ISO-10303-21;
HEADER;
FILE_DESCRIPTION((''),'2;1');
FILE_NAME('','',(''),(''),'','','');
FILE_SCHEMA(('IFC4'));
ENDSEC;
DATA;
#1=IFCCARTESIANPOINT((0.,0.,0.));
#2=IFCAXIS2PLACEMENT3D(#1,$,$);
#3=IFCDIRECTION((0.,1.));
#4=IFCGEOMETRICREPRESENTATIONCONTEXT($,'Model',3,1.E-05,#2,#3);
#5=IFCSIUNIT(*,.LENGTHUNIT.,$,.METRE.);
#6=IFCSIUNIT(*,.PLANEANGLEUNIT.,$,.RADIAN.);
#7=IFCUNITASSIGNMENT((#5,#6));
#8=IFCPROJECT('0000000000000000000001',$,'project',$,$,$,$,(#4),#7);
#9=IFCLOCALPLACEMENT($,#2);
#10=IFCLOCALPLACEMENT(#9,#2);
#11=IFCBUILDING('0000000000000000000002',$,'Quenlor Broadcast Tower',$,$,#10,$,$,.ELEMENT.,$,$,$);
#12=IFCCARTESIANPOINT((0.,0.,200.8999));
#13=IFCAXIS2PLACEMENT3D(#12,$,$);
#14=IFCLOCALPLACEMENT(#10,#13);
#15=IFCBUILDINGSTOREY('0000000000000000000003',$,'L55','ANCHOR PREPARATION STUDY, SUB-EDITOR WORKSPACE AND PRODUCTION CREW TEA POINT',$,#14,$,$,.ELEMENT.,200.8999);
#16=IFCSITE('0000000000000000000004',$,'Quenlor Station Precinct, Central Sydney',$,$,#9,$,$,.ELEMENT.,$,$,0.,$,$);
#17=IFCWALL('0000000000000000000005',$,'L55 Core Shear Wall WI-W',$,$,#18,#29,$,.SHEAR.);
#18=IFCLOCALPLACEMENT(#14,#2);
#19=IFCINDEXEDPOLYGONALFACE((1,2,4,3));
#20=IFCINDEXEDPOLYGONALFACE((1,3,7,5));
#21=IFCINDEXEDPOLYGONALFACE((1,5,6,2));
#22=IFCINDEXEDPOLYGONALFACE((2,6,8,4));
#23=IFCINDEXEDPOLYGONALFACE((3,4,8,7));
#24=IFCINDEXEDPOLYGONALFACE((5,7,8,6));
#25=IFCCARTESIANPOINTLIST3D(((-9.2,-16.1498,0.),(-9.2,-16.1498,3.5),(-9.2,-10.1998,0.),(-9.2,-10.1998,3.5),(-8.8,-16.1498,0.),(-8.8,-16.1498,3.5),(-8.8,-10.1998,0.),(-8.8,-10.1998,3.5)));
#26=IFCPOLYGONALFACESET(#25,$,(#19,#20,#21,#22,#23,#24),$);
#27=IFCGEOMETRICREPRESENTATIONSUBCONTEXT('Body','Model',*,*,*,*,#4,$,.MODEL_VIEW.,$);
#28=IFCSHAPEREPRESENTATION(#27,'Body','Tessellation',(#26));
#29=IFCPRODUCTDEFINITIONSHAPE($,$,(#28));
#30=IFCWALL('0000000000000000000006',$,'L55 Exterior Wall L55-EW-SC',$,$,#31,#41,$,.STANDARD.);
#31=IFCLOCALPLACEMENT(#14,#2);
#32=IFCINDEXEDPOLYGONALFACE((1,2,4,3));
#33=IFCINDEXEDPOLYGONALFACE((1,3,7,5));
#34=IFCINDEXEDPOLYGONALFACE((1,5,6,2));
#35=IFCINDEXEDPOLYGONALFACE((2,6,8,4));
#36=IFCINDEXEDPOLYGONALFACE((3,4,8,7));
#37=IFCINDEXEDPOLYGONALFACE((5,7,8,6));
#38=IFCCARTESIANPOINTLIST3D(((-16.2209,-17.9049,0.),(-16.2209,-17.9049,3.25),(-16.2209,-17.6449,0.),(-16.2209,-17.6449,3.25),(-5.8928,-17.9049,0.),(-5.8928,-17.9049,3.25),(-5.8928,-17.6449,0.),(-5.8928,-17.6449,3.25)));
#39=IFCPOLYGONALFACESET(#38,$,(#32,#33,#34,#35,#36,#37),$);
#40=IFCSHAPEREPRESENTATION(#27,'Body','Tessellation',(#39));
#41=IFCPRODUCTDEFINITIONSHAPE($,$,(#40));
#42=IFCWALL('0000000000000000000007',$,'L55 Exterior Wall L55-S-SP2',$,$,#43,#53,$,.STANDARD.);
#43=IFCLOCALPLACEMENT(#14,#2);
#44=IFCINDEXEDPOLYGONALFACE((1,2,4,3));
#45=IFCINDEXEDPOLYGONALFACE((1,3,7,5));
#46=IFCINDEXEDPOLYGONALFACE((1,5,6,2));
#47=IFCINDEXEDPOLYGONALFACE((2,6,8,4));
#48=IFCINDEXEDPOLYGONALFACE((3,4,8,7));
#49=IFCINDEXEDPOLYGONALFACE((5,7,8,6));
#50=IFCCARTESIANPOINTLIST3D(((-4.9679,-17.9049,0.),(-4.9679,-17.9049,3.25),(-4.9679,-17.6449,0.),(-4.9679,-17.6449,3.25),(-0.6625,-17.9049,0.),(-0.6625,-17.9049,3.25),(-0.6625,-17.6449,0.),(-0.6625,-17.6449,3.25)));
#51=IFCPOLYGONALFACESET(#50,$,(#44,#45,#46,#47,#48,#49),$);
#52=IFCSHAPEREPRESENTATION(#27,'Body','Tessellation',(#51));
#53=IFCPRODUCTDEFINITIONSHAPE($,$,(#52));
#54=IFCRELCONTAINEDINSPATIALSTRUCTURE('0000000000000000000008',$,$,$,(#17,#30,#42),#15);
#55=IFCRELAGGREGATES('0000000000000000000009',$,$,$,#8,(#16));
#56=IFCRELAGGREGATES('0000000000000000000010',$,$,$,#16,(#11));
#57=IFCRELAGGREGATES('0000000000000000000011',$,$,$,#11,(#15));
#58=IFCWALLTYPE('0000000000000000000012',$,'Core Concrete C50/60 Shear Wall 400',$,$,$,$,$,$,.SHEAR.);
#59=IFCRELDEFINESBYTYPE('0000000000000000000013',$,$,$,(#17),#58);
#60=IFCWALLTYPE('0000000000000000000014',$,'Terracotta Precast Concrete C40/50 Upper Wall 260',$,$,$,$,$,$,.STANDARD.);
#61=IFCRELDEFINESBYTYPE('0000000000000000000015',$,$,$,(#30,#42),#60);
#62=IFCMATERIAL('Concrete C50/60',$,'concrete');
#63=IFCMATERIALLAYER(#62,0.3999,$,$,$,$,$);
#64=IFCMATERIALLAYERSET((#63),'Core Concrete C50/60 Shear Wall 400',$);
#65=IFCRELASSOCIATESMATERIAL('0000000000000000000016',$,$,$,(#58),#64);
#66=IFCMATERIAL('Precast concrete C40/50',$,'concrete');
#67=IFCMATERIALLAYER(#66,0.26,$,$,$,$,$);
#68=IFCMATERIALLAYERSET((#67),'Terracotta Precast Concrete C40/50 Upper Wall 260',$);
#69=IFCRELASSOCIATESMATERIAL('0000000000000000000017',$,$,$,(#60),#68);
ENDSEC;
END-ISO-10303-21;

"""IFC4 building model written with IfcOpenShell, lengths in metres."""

from ifc_helpers import new_model, si_unit, direction, frame, frame_2d, origin, place, context, subcontext, project, spatial, rectangle, extrude, material, layer, layer_set, type_object, element, save


model = new_model("IFC4")

# Units and contexts
model_context = context("Model", 3, precision=1e-05, world=origin(), true_north=direction((0.0, 1.0)))
body_context = subcontext(model_context, "Body", "Model", "MODEL_VIEW")
ifc_project = project(units=[si_unit("LENGTHUNIT", "METRE"), si_unit("PLANEANGLEUNIT", "RADIAN")], contexts=[model_context])

# Site, building, storey
site_placement = place(None, origin())
site = spatial("IfcSite", under=ifc_project, at=site_placement, Name="Quenlor Station Precinct, Central Sydney", CompositionType="ELEMENT", RefElevation=0.0)
building_placement = place(site_placement, origin())
building = spatial("IfcBuilding", under=site, at=building_placement, Name="Quenlor Broadcast Tower", CompositionType="ELEMENT")
storey_placement = place(building_placement, frame((0.0, 0.0, 200.8999)))
storey = spatial("IfcBuildingStorey", under=building, at=storey_placement, Name="L55", Description="ANCHOR PREPARATION STUDY, SUB-EDITOR WORKSPACE AND PRODUCTION CREW TEA POINT", CompositionType="ELEMENT", Elevation=200.8999)

# Walls
ifc_material_1 = material(Name="Concrete C50/60", Category="concrete")
ifc_layer_1 = layer(ifc_material_1, 0.3999)
ifc_layer_set_1 = layer_set([ifc_layer_1], Name="Core Concrete C50/60 Shear Wall 400")
wall_type_1 = type_object("IfcWallType", Name="Core Concrete C50/60 Shear Wall 400", PredefinedType="SHEAR", material=ifc_layer_set_1)
wall_1_placement = place(storey_placement, frame((-9.0, -16.1499, 0.0), z_axis=(0.0, 0.0, 1.0), x_axis=(0.0, 1.0, 0.0)))
element("IfcWall", 1, at=wall_1_placement, inside=storey, type_object=wall_type_1, Name="L55 Core Shear Wall WI-W", PredefinedType="SHEAR", context=body_context, shape_type="SweptSolid", body=[
    extrude(rectangle(XDim=5.95, YDim=0.3999, at=frame_2d((2.9751, 0.0))), origin(), (0.0, 0.0, 1.0), 3.5),
])
ifc_material_2 = material(Name="Precast concrete C40/50", Category="concrete")
ifc_layer_2 = layer(ifc_material_2, 0.26)
ifc_layer_set_2 = layer_set([ifc_layer_2], Name="Terracotta Precast Concrete C40/50 Upper Wall 260")
wall_type_2 = type_object("IfcWallType", Name="Terracotta Precast Concrete C40/50 Upper Wall 260", PredefinedType="STANDARD", material=ifc_layer_set_2)
wall_2_placement = place(storey_placement, frame((-5.8928, -17.7749, 0.0), z_axis=(0.0, 0.0, 1.0), x_axis=(-1.0, 0.0, 0.0)))
element("IfcWall", 2, at=wall_2_placement, inside=storey, type_object=wall_type_2, Name="L55 Exterior Wall L55-EW-SC", PredefinedType="STANDARD", context=body_context, shape_type="SweptSolid", body=[
    extrude(rectangle(XDim=10.3281, YDim=0.26, at=frame_2d((5.1641, 0.0))), origin(), (0.0, 0.0, 1.0), 3.25),
])
wall_3_placement = place(storey_placement, frame((-0.6624, -17.7749, 0.0), z_axis=(0.0, 0.0, 1.0), x_axis=(-1.0, 0.0, 0.0)))
element("IfcWall", 3, at=wall_3_placement, inside=storey, type_object=wall_type_2, Name="L55 Exterior Wall L55-S-SP2", PredefinedType="STANDARD", context=body_context, shape_type="SweptSolid", body=[
    extrude(rectangle(XDim=4.3054, YDim=0.26, at=frame_2d((2.1528, 0.0))), origin(), (0.0, 0.0, 1.0), 3.25),
])

save(model, "model.ifc")
